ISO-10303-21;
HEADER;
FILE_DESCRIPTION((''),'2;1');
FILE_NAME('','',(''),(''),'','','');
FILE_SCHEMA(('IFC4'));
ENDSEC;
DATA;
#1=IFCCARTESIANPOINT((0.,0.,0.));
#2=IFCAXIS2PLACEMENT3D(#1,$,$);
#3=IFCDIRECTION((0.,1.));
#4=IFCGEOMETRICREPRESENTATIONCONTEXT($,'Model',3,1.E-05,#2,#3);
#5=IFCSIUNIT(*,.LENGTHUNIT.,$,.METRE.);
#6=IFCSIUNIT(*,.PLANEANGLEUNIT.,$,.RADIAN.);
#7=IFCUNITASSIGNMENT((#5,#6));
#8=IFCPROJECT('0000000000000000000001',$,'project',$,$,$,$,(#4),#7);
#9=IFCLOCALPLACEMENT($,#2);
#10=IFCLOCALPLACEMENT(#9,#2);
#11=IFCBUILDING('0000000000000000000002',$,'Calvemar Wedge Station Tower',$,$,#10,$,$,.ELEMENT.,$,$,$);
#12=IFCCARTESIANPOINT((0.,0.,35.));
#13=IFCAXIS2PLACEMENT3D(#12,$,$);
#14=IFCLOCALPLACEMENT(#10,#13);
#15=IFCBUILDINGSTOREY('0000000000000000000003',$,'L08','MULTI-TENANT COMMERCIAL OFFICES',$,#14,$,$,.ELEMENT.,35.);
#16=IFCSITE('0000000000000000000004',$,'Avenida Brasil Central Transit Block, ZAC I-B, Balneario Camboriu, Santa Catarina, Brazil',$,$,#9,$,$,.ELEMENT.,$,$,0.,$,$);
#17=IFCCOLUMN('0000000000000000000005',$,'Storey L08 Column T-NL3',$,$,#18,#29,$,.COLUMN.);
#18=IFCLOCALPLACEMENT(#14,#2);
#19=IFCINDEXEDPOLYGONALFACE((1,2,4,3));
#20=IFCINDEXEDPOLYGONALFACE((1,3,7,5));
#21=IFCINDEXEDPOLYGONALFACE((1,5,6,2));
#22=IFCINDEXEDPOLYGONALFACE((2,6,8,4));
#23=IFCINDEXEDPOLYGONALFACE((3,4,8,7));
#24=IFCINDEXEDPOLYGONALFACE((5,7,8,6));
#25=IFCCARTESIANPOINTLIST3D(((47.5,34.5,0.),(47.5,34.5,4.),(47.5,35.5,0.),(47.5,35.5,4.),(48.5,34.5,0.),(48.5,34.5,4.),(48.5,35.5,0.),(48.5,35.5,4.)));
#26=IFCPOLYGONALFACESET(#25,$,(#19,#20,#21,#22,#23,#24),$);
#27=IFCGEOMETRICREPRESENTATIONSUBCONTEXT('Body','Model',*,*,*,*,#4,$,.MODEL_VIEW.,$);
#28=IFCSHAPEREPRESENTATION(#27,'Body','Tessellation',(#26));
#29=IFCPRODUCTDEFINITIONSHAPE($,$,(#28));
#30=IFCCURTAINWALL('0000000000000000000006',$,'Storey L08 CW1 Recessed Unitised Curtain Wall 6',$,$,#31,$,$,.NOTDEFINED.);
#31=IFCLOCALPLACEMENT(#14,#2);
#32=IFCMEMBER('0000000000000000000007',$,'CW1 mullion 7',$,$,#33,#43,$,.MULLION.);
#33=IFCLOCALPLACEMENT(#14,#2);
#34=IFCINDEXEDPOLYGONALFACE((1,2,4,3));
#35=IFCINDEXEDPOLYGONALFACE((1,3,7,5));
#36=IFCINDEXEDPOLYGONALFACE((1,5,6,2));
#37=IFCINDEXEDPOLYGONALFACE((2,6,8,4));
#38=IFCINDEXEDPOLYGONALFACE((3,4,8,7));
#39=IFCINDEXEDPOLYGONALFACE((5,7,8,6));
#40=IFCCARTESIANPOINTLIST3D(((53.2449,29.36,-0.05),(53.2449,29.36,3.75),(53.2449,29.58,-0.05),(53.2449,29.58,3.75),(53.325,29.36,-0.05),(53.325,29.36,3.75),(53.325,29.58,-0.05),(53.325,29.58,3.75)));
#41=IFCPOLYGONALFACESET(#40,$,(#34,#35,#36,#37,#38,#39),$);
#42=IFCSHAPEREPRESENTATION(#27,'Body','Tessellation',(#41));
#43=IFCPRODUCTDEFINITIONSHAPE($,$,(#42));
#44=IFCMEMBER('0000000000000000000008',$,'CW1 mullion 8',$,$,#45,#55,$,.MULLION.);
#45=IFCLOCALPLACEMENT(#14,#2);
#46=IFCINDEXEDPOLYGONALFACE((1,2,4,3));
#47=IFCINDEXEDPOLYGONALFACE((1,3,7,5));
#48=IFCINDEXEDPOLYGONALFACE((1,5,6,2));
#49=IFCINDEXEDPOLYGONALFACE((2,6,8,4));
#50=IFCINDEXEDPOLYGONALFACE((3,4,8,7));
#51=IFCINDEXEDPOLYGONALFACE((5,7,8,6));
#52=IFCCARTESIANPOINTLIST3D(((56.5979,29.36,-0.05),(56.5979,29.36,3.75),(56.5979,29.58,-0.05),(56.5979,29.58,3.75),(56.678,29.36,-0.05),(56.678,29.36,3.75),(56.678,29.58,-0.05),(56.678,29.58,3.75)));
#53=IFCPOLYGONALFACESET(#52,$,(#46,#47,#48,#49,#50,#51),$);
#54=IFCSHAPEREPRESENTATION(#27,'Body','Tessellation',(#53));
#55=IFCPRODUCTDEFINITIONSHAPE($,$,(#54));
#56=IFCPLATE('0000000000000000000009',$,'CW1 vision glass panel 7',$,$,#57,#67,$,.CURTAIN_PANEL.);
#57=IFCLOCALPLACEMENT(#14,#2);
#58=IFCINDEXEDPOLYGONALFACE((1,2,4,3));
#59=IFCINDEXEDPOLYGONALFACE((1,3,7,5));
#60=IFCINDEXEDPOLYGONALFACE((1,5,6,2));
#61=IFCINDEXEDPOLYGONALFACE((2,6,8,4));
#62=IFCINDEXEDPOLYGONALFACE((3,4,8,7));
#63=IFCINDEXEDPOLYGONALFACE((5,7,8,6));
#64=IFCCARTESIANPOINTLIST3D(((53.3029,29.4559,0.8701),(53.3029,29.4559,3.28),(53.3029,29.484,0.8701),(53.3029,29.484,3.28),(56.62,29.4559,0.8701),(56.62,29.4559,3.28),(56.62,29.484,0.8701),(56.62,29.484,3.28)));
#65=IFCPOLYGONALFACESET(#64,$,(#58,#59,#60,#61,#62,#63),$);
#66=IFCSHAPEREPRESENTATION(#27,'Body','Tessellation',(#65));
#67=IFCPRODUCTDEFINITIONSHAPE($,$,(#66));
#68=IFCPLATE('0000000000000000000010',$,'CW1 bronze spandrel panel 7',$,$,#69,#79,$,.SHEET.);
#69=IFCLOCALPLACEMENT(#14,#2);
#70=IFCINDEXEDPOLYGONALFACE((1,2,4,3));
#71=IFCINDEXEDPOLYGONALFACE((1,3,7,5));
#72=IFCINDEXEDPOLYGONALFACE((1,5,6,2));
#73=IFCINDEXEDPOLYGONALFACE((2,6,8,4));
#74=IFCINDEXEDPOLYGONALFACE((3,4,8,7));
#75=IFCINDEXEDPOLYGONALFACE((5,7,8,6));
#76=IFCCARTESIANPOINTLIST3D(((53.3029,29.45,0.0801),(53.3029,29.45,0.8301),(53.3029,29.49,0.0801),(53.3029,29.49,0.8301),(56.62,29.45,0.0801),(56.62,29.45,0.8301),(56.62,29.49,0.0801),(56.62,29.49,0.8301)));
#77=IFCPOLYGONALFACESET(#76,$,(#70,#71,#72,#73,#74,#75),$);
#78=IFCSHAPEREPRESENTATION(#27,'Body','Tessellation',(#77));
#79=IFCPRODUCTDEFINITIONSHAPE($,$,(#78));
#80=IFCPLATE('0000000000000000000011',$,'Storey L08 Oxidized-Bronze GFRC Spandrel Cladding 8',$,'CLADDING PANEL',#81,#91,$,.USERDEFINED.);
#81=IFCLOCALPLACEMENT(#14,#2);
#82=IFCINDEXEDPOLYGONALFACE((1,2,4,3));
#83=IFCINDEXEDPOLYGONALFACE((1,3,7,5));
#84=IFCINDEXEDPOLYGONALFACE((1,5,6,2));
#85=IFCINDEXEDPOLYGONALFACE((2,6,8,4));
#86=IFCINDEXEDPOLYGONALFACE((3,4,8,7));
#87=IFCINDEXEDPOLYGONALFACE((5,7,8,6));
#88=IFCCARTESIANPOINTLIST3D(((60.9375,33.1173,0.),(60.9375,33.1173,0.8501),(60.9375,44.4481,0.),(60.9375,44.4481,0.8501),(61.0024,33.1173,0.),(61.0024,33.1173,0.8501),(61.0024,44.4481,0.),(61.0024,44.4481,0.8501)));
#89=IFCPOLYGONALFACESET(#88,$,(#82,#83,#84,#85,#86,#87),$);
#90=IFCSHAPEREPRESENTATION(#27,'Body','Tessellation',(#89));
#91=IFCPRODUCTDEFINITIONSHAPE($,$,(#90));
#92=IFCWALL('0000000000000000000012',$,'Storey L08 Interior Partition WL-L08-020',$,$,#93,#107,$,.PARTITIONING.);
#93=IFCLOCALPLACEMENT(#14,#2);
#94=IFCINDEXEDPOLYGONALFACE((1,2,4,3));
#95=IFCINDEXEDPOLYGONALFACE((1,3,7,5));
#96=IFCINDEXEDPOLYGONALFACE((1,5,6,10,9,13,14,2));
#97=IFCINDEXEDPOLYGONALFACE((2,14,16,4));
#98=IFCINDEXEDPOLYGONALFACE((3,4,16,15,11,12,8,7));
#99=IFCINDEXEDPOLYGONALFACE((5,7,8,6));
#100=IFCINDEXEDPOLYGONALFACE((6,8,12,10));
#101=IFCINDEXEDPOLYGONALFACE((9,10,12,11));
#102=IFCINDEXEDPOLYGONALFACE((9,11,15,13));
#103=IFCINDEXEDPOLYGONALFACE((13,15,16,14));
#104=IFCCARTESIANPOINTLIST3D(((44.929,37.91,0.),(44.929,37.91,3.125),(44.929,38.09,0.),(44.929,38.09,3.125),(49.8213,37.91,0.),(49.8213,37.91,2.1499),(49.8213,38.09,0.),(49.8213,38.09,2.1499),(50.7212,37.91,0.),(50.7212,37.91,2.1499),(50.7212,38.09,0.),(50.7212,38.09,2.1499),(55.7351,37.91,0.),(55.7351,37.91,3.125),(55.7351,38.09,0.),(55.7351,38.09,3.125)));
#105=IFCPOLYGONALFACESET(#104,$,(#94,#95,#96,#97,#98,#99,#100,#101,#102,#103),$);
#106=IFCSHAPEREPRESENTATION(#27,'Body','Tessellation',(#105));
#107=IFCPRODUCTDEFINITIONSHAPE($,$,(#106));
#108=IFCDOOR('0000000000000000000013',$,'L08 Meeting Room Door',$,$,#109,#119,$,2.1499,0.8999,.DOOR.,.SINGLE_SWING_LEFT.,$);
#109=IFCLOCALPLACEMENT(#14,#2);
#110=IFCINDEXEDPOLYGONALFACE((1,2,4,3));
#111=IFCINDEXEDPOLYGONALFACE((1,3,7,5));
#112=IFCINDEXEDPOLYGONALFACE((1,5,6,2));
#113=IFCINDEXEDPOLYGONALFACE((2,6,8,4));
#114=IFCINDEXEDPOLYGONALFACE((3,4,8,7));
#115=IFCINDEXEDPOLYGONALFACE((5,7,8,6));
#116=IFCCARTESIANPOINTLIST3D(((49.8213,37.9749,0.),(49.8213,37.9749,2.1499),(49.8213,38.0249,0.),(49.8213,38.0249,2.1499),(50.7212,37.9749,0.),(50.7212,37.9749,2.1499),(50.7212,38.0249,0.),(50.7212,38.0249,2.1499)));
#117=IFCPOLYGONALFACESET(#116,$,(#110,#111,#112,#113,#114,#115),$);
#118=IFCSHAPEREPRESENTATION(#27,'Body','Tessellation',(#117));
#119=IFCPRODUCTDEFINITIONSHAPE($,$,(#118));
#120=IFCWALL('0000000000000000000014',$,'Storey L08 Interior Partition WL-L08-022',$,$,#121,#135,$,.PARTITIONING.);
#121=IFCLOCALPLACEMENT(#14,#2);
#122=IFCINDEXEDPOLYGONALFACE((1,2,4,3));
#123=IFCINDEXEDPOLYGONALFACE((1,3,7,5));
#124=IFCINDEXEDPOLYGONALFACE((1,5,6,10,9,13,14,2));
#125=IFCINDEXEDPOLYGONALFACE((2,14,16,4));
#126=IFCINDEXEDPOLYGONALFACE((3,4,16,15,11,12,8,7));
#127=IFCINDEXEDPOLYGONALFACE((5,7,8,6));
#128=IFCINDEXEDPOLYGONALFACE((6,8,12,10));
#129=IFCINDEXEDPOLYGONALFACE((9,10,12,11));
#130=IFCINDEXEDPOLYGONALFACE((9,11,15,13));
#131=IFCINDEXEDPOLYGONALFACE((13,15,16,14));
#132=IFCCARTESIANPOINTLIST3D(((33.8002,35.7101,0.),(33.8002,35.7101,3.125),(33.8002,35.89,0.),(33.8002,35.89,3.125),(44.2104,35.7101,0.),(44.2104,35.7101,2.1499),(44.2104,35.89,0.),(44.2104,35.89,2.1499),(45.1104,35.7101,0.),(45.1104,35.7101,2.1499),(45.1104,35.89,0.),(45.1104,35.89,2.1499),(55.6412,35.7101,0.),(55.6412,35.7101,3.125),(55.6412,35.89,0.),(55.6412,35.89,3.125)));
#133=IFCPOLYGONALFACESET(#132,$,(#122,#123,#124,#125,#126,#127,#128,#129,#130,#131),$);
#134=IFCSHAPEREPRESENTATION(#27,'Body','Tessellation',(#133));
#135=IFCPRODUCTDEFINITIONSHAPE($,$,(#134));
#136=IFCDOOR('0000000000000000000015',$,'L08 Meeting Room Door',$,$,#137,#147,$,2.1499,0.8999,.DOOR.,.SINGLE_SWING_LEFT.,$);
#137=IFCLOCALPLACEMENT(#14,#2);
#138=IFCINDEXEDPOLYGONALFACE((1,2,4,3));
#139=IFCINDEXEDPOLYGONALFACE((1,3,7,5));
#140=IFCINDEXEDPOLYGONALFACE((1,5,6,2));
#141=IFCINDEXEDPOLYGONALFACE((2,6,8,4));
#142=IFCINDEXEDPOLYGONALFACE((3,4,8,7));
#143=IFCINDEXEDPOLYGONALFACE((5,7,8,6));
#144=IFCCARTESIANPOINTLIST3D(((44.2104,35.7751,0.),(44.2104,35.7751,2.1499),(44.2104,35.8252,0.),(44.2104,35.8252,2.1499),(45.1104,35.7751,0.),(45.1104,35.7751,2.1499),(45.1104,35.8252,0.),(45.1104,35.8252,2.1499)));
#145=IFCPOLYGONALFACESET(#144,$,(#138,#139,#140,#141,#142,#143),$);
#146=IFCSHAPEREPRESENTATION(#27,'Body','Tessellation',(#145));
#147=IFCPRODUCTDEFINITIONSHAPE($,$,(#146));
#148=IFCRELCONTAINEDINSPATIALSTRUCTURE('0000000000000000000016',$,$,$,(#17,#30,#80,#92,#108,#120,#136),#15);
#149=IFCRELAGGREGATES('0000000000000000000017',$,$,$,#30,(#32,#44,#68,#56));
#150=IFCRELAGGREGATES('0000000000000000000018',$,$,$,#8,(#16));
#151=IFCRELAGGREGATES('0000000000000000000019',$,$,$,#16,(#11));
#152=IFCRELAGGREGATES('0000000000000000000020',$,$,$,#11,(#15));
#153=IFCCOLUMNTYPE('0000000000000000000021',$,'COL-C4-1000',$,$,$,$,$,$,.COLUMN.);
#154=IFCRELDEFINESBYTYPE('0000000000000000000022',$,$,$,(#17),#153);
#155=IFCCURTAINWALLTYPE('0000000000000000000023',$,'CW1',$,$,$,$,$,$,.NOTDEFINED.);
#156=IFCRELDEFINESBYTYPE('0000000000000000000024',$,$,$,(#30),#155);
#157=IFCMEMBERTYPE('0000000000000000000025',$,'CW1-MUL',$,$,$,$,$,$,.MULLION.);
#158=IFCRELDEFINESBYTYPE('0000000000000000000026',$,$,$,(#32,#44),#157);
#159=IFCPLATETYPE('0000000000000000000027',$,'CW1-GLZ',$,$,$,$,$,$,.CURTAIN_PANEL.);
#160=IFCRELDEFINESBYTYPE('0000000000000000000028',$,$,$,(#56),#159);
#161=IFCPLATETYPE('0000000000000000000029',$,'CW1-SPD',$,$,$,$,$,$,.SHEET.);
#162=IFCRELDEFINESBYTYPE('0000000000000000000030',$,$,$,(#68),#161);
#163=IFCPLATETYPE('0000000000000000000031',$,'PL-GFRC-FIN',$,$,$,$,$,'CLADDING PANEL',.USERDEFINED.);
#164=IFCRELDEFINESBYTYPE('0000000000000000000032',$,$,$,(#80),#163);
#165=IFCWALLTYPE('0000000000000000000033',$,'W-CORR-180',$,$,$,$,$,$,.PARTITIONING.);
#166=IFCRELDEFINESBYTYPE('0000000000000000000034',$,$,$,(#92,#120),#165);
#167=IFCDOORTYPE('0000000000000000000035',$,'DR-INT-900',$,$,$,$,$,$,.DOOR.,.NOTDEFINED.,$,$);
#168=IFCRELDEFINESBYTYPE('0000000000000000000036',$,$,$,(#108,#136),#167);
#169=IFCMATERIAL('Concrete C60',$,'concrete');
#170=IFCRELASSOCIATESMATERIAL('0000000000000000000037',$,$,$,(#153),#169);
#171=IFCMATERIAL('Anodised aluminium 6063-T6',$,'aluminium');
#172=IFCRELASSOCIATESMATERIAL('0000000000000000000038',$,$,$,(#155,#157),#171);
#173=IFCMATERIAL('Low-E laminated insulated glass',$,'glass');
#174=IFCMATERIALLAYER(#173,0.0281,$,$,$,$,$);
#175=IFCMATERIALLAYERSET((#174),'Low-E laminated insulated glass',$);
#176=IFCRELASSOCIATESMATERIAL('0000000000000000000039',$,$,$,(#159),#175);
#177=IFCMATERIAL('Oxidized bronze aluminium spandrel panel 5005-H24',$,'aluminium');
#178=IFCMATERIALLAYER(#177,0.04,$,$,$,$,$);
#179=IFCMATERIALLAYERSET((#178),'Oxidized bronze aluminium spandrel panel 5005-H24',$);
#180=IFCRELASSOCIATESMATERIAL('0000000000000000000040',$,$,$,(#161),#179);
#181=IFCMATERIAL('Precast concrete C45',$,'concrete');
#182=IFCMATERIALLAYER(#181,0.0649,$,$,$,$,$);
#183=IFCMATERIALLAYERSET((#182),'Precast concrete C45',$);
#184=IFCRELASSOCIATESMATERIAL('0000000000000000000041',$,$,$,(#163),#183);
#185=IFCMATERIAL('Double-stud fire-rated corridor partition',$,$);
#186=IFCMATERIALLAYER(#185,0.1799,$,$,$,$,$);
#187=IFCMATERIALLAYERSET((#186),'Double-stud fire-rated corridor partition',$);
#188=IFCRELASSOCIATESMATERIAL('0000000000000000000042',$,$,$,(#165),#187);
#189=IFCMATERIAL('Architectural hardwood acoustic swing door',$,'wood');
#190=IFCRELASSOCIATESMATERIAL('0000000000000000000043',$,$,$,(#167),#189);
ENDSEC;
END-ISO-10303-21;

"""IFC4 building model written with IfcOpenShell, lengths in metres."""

from ifc_helpers import new_model, si_unit, direction, frame, frame_2d, origin, origin_2d, place, context, subcontext, project, spatial, rectangle, extrude, source, transform, mapped, material, layer, layer_set, material_profile, profile_set, type_object, element, fill, aggregate, save


model = new_model("IFC4")

# Units and contexts
model_context = context("Model", 3, precision=1e-05, world=origin(), true_north=direction((0.0, 1.0)))
body_context = subcontext(model_context, "Body", "Model", "MODEL_VIEW")
ifc_project = project(units=[si_unit("LENGTHUNIT", "METRE"), si_unit("PLANEANGLEUNIT", "RADIAN")], contexts=[model_context])

# Site, building, storey
site_placement = place(None, origin())
site = spatial("IfcSite", under=ifc_project, at=site_placement, Name="Avenida Brasil Central Transit Block, ZAC I-B, Balneario Camboriu, Santa Catarina, Brazil", CompositionType="ELEMENT", RefElevation=0.0)
building_placement = place(site_placement, origin())
building = spatial("IfcBuilding", under=site, at=building_placement, Name="Calvemar Wedge Station Tower", CompositionType="ELEMENT")
storey_placement = place(building_placement, frame((0.0, 0.0, 35.0)))
storey = spatial("IfcBuildingStorey", under=building, at=storey_placement, Name="L08", Description="MULTI-TENANT COMMERCIAL OFFICES", CompositionType="ELEMENT", Elevation=35.0)

# Column
ifc_material_1 = material(Name="Concrete C60", Category="concrete")
ifc_material_profile_1 = material_profile(ifc_material_1, rectangle(XDim=1.0, YDim=1.0, at=origin_2d()), Name="RC1000x1000")
ifc_profile_set_1 = profile_set([ifc_material_profile_1], Name="Concrete C60")
column_type = type_object("IfcColumnType", Name="COL-C4-1000", PredefinedType="COLUMN", material=ifc_profile_set_1)
shared_shape_1 = source(origin(), body_context, "Body", "SweptSolid", [
    extrude(rectangle(XDim=1.0, YDim=1.0, at=origin_2d()), origin(), (0.0, 0.0, 1.0), 4.0),
])
column_placement = place(storey_placement, frame((48.0, 35.0, 0.0), z_axis=(0.0, 0.0, 1.0), x_axis=(1.0, 0.0, 0.0)))
element("IfcColumn", 1, at=column_placement, inside=storey, type_object=column_type, Name="Storey L08 Column T-NL3", PredefinedType="COLUMN", context=body_context, shape_type="MappedRepresentation", body=[
    mapped(shared_shape_1, transform((0.0, 0.0, 0.0), scale=1.0)),
])

# Curtain wall, members, plates
ifc_material_2 = material(Name="Anodised aluminium 6063-T6", Category="aluminium")
curtain_wall_type = type_object("IfcCurtainWallType", Name="CW1", PredefinedType="NOTDEFINED", material=ifc_material_2)
curtain_wall_placement = place(storey_placement, origin())
curtain_wall = element("IfcCurtainWall", 2, at=curtain_wall_placement, inside=storey, type_object=curtain_wall_type, Name="Storey L08 CW1 Recessed Unitised Curtain Wall 6", PredefinedType="NOTDEFINED")
ifc_material_profile_2 = material_profile(ifc_material_2, rectangle(XDim=0.0801, YDim=0.22, at=origin_2d()), Name="AL-MUL-80x220")
ifc_profile_set_2 = profile_set([ifc_material_profile_2], Name="Anodised aluminium 6063-T6")
member_type = type_object("IfcMemberType", Name="CW1-MUL", PredefinedType="MULLION", material=ifc_profile_set_2)
shared_shape_2 = source(origin(), body_context, "Body", "SweptSolid", [
    extrude(rectangle(XDim=0.0801, YDim=0.22, at=origin_2d()), origin(), (0.0, 0.0, 1.0), 3.8),
])
member_1_placement = place(storey_placement, frame((53.2849, 29.47, -0.05), z_axis=(0.0, 0.0, 1.0), x_axis=(1.0, 0.0, 0.0)))
member_1 = element("IfcMember", 3, at=member_1_placement, type_object=member_type, Name="CW1 mullion 7", PredefinedType="MULLION", context=body_context, shape_type="MappedRepresentation", body=[
    mapped(shared_shape_2, transform((0.0, 0.0, 0.0), scale=1.0)),
])
member_2_placement = place(storey_placement, frame((56.6379, 29.47, -0.05), z_axis=(0.0, 0.0, 1.0), x_axis=(1.0, 0.0, 0.0)))
member_2 = element("IfcMember", 4, at=member_2_placement, type_object=member_type, Name="CW1 mullion 8", PredefinedType="MULLION", context=body_context, shape_type="MappedRepresentation", body=[
    mapped(shared_shape_2, transform((0.0, 0.0, 0.0), scale=1.0)),
])
ifc_material_3 = material(Name="Low-E laminated insulated glass", Category="glass")
ifc_layer_1 = layer(ifc_material_3, 0.0281)
ifc_layer_set_1 = layer_set([ifc_layer_1], Name="Low-E laminated insulated glass")
plate_type_1 = type_object("IfcPlateType", Name="CW1-GLZ", PredefinedType="CURTAIN_PANEL", material=ifc_layer_set_1)
plate_1_placement = place(storey_placement, frame((53.3027, 29.47, 0.8701), z_axis=(0.0, 0.0, 1.0), x_axis=(1.0, 0.0, 0.0)))
plate_1 = element("IfcPlate", 5, at=plate_1_placement, type_object=plate_type_1, Name="CW1 vision glass panel 7", PredefinedType="CURTAIN_PANEL", context=body_context, shape_type="SweptSolid", body=[
    extrude(rectangle(XDim=3.3171, YDim=0.0281, at=frame_2d((1.6587, 0.0))), origin(), (0.0, 0.0, 1.0), 2.4099),
])
ifc_material_4 = material(Name="Oxidized bronze aluminium spandrel panel 5005-H24", Category="aluminium")
ifc_layer_2 = layer(ifc_material_4, 0.04)
ifc_layer_set_2 = layer_set([ifc_layer_2], Name="Oxidized bronze aluminium spandrel panel 5005-H24")
plate_type_2 = type_object("IfcPlateType", Name="CW1-SPD", PredefinedType="SHEET", material=ifc_layer_set_2)
plate_2_placement = place(storey_placement, frame((53.3027, 29.47, 0.0801), z_axis=(0.0, 0.0, 1.0), x_axis=(1.0, 0.0, 0.0)))
plate_2 = element("IfcPlate", 6, at=plate_2_placement, type_object=plate_type_2, Name="CW1 bronze spandrel panel 7", PredefinedType="SHEET", context=body_context, shape_type="SweptSolid", body=[
    extrude(rectangle(XDim=3.3171, YDim=0.04, at=frame_2d((1.6587, 0.0))), origin(), (0.0, 0.0, 1.0), 0.75),
])
aggregate(curtain_wall, [member_1, member_2, plate_2, plate_1])

# Plate
ifc_material_5 = material(Name="Precast concrete C45", Category="concrete")
ifc_layer_3 = layer(ifc_material_5, 0.0649)
ifc_layer_set_3 = layer_set([ifc_layer_3], Name="Precast concrete C45")
plate_type_3 = type_object("IfcPlateType", Name="PL-GFRC-FIN", ElementType="CLADDING PANEL", PredefinedType="USERDEFINED", material=ifc_layer_set_3)
plate_3_placement = place(storey_placement, frame((60.97, 33.1172, 0.0), z_axis=(0.0, 0.0, 1.0), x_axis=(0.0, 1.0, 0.0)))
element("IfcPlate", 7, at=plate_3_placement, inside=storey, type_object=plate_type_3, Name="Storey L08 Oxidized-Bronze GFRC Spandrel Cladding 8", ObjectType="CLADDING PANEL", PredefinedType="USERDEFINED", context=body_context, shape_type="SweptSolid", body=[
    extrude(rectangle(XDim=11.3308, YDim=0.0649, at=frame_2d((5.6655, 0.0))), origin(), (0.0, 0.0, 1.0), 0.8501),
])

# Walls, openings, doors
ifc_material_6 = material(Name="Double-stud fire-rated corridor partition")
ifc_layer_4 = layer(ifc_material_6, 0.1799)
ifc_layer_set_4 = layer_set([ifc_layer_4], Name="Double-stud fire-rated corridor partition")
wall_type_1 = type_object("IfcWallType", Name="W-CORR-180", PredefinedType="PARTITIONING", material=ifc_layer_set_4)
wall_1_placement = place(storey_placement, frame((44.929, 38.0, 0.0), z_axis=(0.0, 0.0, 1.0), x_axis=(1.0, 0.0, 0.0)))
wall_1 = element("IfcWall", 8, at=wall_1_placement, inside=storey, type_object=wall_type_1, Name="Storey L08 Interior Partition WL-L08-020", PredefinedType="PARTITIONING", context=body_context, shape_type="SweptSolid", body=[
    extrude(rectangle(XDim=10.8062, YDim=0.1799, at=frame_2d((5.4031, 0.0))), origin(), (0.0, 0.0, 1.0), 3.125),
])
shared_shape_3 = source(origin(), body_context, "Body", "SweptSolid", [
    extrude(rectangle(XDim=0.8999, YDim=2.1499, at=frame_2d((0.45, 1.075))), frame((0.0, 0.1001, 0.0), z_axis=(0.0, -1.0, 0.0), x_axis=(1.0, 0.0, 0.0)), (0.0, 0.0, 1.0), 0.2),
])
opening_1_placement = place(wall_1_placement, frame((4.8923, 0.0, 0.0)))
opening_1 = element("IfcOpeningElement", 9, at=opening_1_placement, cuts=wall_1, PredefinedType="OPENING", context=body_context, shape_type="MappedRepresentation", body=[
    mapped(shared_shape_3, transform((0.0, 0.0, 0.0), scale=1.0)),
])
ifc_material_7 = material(Name="Architectural hardwood acoustic swing door", Category="wood")
door_type_1 = type_object("IfcDoorType", Name="DR-INT-900", OperationType="NOTDEFINED", PredefinedType="DOOR", material=ifc_material_7)
shared_shape_4 = source(origin(), body_context, "Body", "SweptSolid", [
    extrude(rectangle(XDim=0.8999, YDim=2.1499, at=frame_2d((0.45, 1.075))), frame((0.0, 0.0249, 0.0), z_axis=(0.0, -1.0, 0.0), x_axis=(1.0, 0.0, 0.0)), (0.0, 0.0, 1.0), 0.05),
])
door_1_placement = place(opening_1_placement, origin())
door_1 = element("IfcDoor", 10, at=door_1_placement, inside=storey, type_object=door_type_1, Name="L08 Meeting Room Door", OperationType="SINGLE_SWING_LEFT", OverallHeight=2.1499, OverallWidth=0.8999, PredefinedType="DOOR", context=body_context, shape_type="MappedRepresentation", body=[
    mapped(shared_shape_4, transform((0.0, 0.0, 0.0), scale=1.0)),
])
fill(opening_1, door_1)
wall_2_placement = place(storey_placement, frame((55.6411, 35.8, 0.0), z_axis=(0.0, 0.0, 1.0), x_axis=(-1.0, 0.0, 0.0)))
wall_2 = element("IfcWall", 11, at=wall_2_placement, inside=storey, type_object=wall_type_1, Name="Storey L08 Interior Partition WL-L08-022", PredefinedType="PARTITIONING", context=body_context, shape_type="SweptSolid", body=[
    extrude(rectangle(XDim=21.8411, YDim=0.1799, at=frame_2d((10.9204, 0.0))), origin(), (0.0, 0.0, 1.0), 3.125),
])
opening_2_placement = place(wall_2_placement, frame((10.5308, 0.0, 0.0)))
opening_2 = element("IfcOpeningElement", 12, at=opening_2_placement, cuts=wall_2, PredefinedType="OPENING", context=body_context, shape_type="MappedRepresentation", body=[
    mapped(shared_shape_3, transform((0.0, 0.0, 0.0), scale=1.0)),
])
door_2_placement = place(opening_2_placement, origin())
door_2 = element("IfcDoor", 13, at=door_2_placement, inside=storey, type_object=door_type_1, Name="L08 Meeting Room Door", OperationType="SINGLE_SWING_LEFT", OverallHeight=2.1499, OverallWidth=0.8999, PredefinedType="DOOR", context=body_context, shape_type="MappedRepresentation", body=[
    mapped(shared_shape_4, transform((0.0, 0.0, 0.0), scale=1.0)),
])
fill(opening_2, door_2)

save(model, "model.ifc")
